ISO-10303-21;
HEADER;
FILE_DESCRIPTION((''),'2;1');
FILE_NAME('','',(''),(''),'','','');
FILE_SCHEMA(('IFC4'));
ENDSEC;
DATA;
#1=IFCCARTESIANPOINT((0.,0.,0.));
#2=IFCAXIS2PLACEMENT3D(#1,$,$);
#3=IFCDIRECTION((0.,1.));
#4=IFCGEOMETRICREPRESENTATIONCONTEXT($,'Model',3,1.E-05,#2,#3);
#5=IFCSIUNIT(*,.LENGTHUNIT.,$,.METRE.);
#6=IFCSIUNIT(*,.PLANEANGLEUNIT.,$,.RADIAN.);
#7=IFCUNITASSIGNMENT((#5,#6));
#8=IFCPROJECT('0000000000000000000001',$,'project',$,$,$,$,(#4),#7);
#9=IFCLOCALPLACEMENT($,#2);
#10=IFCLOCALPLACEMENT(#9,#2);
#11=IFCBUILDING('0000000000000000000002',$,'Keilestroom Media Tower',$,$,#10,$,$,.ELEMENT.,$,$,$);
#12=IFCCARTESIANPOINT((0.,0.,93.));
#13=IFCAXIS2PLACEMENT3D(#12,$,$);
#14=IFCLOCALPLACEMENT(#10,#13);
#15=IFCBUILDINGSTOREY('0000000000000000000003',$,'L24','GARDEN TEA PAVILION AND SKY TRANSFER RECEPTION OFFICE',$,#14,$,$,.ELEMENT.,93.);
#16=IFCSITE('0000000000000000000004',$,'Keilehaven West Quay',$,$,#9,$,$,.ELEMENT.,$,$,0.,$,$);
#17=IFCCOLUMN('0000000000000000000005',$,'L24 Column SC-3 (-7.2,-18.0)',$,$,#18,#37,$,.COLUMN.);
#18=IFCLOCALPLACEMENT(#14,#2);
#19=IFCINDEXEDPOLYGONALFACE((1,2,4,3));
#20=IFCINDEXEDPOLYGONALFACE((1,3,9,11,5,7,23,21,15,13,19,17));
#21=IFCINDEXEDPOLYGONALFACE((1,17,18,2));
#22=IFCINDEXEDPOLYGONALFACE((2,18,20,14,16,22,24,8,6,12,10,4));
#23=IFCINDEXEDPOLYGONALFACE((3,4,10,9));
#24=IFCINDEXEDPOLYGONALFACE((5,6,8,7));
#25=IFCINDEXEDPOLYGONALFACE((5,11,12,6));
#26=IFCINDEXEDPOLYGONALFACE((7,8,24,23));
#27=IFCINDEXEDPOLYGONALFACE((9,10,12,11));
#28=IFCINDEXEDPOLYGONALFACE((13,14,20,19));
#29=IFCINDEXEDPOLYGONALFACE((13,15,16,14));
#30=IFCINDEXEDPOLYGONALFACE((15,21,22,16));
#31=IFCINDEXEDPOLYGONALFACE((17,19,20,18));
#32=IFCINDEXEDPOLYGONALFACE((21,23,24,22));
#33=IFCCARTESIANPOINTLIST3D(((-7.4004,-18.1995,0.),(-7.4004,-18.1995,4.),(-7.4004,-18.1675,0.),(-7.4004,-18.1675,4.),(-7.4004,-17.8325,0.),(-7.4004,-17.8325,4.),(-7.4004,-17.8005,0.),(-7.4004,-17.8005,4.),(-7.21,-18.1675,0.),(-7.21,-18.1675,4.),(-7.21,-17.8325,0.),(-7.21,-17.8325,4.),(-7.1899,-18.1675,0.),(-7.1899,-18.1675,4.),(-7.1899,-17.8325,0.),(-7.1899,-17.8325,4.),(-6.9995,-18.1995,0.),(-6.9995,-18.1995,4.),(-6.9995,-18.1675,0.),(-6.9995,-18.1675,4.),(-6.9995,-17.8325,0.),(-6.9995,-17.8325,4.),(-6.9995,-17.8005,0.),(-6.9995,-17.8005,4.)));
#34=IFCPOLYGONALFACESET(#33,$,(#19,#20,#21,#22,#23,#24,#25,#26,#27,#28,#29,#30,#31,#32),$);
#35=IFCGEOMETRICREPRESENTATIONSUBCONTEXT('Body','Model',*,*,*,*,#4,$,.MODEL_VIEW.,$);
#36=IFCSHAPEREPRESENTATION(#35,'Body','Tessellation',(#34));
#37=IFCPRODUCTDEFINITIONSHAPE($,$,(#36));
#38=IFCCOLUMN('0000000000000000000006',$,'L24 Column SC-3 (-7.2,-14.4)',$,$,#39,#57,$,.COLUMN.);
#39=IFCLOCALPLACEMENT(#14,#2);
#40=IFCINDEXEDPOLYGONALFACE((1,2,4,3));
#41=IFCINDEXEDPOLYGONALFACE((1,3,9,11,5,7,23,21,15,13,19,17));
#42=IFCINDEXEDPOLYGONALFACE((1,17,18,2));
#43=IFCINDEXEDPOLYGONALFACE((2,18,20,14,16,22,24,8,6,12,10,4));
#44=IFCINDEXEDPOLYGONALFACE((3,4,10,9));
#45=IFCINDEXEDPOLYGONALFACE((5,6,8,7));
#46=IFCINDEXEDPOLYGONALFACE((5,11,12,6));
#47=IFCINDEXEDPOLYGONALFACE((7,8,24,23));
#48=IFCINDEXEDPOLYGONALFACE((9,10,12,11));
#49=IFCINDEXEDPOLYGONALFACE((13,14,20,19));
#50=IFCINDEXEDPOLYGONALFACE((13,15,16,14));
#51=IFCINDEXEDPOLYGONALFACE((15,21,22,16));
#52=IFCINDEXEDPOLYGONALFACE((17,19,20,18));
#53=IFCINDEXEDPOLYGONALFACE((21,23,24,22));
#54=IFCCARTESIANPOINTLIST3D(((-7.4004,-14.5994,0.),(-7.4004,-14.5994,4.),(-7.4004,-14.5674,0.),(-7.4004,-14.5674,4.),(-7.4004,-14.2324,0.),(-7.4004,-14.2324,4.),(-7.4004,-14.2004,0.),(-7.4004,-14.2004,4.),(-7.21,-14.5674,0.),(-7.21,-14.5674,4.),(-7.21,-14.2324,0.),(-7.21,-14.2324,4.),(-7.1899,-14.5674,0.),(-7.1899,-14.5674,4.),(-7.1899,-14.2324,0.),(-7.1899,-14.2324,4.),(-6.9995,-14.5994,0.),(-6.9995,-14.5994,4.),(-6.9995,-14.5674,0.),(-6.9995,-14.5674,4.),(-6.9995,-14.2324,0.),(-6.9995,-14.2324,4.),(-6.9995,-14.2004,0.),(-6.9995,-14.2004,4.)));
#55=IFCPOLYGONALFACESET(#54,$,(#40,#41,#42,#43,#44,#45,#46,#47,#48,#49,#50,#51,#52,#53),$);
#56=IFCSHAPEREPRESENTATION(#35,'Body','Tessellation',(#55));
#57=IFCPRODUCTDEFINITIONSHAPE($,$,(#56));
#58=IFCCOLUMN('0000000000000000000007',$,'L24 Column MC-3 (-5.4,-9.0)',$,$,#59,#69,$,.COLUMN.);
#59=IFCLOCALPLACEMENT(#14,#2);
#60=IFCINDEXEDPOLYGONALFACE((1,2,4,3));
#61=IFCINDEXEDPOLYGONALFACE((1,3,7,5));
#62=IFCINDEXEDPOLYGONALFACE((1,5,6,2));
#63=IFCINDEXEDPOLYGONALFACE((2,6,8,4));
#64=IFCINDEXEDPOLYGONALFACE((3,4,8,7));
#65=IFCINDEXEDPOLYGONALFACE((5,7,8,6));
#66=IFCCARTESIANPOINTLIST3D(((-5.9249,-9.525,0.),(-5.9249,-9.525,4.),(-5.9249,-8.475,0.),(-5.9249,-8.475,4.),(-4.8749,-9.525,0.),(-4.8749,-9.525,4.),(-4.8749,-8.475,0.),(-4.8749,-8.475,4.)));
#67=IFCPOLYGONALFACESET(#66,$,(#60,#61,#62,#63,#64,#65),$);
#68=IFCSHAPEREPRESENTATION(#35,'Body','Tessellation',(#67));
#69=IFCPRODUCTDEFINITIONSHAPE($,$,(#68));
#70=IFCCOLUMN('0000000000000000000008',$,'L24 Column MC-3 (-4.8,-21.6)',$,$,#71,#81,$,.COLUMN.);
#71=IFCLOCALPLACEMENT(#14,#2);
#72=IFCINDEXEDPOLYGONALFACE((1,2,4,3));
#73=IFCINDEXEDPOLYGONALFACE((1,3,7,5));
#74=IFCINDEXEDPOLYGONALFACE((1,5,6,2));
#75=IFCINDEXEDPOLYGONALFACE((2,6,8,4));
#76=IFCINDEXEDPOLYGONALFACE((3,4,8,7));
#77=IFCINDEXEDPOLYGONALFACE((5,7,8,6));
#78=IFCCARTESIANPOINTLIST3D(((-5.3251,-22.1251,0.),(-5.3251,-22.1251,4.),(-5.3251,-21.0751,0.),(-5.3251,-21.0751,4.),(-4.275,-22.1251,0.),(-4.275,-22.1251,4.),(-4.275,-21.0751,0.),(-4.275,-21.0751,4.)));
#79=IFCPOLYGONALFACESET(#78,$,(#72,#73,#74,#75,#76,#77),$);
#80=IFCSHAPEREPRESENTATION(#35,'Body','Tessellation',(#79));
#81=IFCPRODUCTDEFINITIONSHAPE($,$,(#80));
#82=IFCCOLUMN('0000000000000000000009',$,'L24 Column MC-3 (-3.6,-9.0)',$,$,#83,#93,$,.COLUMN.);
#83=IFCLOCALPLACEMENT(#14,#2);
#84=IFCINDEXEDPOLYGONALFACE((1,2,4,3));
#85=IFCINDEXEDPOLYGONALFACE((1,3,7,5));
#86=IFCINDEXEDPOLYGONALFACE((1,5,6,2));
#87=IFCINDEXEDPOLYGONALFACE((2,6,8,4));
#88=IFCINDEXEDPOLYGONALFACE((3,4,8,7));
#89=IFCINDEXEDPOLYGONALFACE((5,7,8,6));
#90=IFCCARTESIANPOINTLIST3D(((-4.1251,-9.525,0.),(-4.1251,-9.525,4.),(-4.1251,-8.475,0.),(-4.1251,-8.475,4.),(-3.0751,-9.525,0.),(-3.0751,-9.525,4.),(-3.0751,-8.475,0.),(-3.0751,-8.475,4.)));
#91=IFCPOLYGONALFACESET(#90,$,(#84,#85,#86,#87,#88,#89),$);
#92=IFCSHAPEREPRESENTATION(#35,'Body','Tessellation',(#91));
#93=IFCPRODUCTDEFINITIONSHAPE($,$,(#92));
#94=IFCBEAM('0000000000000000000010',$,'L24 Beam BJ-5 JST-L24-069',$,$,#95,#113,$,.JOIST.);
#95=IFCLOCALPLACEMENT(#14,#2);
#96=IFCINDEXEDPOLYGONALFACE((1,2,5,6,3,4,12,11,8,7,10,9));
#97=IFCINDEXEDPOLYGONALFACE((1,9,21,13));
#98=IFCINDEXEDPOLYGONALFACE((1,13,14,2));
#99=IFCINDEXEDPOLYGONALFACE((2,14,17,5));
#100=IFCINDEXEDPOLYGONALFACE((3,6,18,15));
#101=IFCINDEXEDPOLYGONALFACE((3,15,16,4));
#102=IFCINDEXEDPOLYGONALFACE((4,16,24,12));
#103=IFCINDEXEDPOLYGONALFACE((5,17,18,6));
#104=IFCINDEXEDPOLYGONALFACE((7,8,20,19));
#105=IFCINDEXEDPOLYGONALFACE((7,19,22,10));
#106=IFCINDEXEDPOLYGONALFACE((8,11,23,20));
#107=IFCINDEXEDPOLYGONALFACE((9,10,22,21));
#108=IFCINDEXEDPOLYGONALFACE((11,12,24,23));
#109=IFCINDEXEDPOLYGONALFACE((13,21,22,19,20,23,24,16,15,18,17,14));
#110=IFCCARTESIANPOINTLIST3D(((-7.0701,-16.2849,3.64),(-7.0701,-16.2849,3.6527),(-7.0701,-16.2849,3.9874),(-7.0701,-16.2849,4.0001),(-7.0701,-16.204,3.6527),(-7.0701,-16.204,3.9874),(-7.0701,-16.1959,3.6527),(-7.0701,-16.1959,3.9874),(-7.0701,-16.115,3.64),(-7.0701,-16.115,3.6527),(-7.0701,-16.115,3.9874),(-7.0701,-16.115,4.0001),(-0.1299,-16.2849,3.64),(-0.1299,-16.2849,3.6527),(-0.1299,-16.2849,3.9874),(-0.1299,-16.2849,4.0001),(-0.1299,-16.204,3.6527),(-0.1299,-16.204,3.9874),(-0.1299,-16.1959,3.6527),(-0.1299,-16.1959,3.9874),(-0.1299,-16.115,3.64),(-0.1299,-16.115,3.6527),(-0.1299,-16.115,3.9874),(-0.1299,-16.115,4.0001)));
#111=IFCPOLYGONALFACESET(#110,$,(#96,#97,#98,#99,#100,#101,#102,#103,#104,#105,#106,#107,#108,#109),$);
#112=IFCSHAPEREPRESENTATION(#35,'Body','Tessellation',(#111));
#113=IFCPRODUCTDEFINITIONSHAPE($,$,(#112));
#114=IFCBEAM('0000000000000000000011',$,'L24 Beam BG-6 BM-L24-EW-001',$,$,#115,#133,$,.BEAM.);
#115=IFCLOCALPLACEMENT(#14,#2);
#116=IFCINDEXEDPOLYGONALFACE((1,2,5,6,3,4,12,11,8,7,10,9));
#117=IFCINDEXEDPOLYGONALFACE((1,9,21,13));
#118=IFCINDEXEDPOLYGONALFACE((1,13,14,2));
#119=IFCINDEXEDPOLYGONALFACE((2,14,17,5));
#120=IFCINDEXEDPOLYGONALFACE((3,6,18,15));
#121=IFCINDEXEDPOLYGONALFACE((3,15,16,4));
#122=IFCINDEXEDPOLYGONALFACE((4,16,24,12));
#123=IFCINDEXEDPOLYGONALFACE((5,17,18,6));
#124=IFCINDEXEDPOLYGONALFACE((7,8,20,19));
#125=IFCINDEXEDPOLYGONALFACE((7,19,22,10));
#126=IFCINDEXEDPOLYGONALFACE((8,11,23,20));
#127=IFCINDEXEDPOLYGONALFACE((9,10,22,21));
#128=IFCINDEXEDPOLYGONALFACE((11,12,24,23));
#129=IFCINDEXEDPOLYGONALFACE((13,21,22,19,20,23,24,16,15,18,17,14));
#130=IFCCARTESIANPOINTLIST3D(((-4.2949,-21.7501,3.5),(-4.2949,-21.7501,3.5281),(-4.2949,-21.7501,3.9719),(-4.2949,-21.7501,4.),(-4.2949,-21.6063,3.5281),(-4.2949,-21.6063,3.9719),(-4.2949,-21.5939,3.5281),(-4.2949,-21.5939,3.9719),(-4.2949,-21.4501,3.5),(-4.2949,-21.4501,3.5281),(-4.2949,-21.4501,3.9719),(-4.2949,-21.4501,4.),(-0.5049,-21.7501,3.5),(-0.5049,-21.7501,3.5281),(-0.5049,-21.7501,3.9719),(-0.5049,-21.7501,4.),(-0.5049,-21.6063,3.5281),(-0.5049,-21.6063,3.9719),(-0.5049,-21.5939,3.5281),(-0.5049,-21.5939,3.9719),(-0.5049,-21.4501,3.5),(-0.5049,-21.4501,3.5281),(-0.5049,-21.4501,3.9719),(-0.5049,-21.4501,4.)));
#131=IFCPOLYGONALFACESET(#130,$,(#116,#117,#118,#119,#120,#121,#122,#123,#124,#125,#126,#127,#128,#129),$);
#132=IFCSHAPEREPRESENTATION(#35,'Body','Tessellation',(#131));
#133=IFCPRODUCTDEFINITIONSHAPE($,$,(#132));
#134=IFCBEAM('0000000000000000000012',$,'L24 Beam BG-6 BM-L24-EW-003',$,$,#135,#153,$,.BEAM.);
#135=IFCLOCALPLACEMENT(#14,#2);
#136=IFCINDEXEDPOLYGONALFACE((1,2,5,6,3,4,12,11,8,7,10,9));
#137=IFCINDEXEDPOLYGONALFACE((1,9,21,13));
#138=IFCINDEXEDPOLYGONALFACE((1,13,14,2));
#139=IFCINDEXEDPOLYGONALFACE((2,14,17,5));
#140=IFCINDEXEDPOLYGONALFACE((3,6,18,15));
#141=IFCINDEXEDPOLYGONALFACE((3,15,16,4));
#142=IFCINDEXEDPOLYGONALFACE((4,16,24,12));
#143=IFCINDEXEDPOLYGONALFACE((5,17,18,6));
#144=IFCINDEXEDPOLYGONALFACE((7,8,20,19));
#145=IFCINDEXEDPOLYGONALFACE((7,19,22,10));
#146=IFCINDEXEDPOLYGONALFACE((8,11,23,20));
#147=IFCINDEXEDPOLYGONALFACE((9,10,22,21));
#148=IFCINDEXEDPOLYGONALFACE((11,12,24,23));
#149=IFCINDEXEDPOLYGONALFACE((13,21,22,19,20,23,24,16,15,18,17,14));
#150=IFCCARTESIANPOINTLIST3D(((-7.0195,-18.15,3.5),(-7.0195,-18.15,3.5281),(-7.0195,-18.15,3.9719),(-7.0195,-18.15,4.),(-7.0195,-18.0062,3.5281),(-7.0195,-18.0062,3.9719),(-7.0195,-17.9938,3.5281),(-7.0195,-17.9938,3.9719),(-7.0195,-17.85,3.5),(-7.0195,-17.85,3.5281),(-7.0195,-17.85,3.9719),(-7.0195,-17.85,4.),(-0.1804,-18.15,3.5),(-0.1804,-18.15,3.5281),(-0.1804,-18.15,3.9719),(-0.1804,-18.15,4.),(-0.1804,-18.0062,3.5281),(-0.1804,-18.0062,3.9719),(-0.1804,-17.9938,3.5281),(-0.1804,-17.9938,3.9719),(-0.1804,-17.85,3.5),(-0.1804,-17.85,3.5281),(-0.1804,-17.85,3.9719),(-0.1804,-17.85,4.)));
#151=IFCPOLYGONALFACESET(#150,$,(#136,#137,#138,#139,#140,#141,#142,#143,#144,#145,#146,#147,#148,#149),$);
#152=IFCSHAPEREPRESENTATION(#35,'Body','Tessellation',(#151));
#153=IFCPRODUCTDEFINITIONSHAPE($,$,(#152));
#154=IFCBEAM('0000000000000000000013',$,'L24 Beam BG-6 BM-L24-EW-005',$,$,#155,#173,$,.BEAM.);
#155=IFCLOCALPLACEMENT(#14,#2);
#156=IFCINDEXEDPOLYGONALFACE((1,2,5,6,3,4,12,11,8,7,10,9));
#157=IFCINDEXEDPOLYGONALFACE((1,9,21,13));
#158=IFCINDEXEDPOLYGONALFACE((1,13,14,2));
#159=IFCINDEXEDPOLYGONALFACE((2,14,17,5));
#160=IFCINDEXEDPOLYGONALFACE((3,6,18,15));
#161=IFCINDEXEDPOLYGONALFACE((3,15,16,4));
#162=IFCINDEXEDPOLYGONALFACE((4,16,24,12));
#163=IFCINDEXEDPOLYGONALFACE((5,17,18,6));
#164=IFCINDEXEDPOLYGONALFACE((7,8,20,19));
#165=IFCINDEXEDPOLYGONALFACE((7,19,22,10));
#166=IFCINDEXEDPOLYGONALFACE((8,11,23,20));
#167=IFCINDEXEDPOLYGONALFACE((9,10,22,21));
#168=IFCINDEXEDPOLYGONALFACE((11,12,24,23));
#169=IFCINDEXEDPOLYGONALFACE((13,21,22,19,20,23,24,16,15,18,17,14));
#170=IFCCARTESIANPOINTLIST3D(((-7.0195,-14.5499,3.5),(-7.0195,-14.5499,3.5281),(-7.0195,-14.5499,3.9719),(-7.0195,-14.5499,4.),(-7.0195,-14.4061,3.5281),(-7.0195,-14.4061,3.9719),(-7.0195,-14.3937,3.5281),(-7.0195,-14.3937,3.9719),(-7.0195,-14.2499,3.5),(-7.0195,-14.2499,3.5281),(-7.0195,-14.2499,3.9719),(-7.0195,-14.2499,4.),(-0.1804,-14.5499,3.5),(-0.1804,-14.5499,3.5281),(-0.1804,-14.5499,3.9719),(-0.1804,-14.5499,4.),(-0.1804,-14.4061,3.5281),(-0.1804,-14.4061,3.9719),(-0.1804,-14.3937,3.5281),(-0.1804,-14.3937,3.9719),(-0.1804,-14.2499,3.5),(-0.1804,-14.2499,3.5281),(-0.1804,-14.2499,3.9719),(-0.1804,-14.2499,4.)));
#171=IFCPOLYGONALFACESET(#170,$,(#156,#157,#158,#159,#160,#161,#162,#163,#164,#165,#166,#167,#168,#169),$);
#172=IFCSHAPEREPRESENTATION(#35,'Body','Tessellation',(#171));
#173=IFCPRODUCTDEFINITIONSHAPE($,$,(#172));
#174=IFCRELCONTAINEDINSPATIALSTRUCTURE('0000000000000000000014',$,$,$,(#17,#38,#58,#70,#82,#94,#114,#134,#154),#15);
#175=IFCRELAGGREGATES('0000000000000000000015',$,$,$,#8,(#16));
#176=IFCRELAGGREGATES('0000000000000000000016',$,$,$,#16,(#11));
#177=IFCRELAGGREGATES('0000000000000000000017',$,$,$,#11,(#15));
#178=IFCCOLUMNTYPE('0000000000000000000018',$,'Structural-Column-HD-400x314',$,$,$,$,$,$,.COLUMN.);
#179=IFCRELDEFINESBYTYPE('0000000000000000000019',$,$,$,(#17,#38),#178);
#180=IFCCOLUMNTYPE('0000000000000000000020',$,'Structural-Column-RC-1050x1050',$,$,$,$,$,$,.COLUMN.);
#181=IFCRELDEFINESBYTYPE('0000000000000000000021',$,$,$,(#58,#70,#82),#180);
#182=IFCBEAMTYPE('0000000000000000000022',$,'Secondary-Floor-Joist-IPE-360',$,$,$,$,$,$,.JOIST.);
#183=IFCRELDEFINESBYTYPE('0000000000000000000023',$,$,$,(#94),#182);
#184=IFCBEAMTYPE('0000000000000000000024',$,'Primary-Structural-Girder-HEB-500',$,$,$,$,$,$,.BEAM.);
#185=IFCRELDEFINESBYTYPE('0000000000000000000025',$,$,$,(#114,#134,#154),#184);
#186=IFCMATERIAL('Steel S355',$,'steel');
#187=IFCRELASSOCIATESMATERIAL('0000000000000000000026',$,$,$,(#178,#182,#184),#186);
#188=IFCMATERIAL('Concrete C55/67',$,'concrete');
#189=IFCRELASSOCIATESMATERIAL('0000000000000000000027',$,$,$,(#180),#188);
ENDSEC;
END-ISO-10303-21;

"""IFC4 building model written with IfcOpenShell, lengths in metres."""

from ifc_helpers import new_model, si_unit, direction, frame, origin, origin_2d, place, context, subcontext, project, spatial, rectangle, i_section, extrude, source, transform, mapped, material, material_profile, profile_set, type_object, element, save


model = new_model("IFC4")

# Units and contexts
model_context = context("Model", 3, precision=1e-05, world=origin(), true_north=direction((0.0, 1.0)))
body_context = subcontext(model_context, "Body", "Model", "MODEL_VIEW")
ifc_project = project(units=[si_unit("LENGTHUNIT", "METRE"), si_unit("PLANEANGLEUNIT", "RADIAN")], contexts=[model_context])

# Site, building, storey
site_placement = place(None, origin())
site = spatial("IfcSite", under=ifc_project, at=site_placement, Name="Keilehaven West Quay", CompositionType="ELEMENT", RefElevation=0.0)
building_placement = place(site_placement, origin())
building = spatial("IfcBuilding", under=site, at=building_placement, Name="Keilestroom Media Tower", CompositionType="ELEMENT")
storey_placement = place(building_placement, frame((0.0, 0.0, 93.0)))
storey = spatial("IfcBuildingStorey", under=building, at=storey_placement, Name="L24", Description="GARDEN TEA PAVILION AND SKY TRANSFER RECEPTION OFFICE", CompositionType="ELEMENT", Elevation=93.0)

# Columns
ifc_material_1 = material(Name="Steel S355", Category="steel")
ifc_material_profile_1 = material_profile(ifc_material_1, i_section(OverallWidth=0.4009, OverallDepth=0.3989, WebThickness=0.02, FlangeThickness=0.032, at=origin_2d()), Name="HD 400x314")
ifc_profile_set_1 = profile_set([ifc_material_profile_1], Name="Steel S355")
column_type_1 = type_object("IfcColumnType", Name="Structural-Column-HD-400x314", PredefinedType="COLUMN", material=ifc_profile_set_1)
shared_shape_1 = source(origin(), body_context, "Body", "SweptSolid", [
    extrude(i_section(OverallWidth=0.4009, OverallDepth=0.3989, WebThickness=0.02, FlangeThickness=0.032, at=origin_2d()), origin(), (0.0, 0.0, 1.0), 4.0),
])
for number, where, z_axis, x_axis, name in (
    (1, (-7.2, -18.0, 0.0), (0.0, 0.0, 1.0), (1.0, 0.0, 0.0), "L24 Column SC-3 (-7.2,-18.0)"),
    (2, (-7.2, -14.3999, 0.0), (0.0, 0.0, 1.0), (1.0, 0.0, 0.0), "L24 Column SC-3 (-7.2,-14.4)"),
):
    element("IfcColumn", number, at=place(storey_placement, frame(where, z_axis=z_axis, x_axis=x_axis)), inside=storey, type_object=column_type_1, Name=name, PredefinedType="COLUMN", context=body_context, shape_type="MappedRepresentation", body=[
        mapped(shared_shape_1, transform((0.0, 0.0, 0.0), x_axis=(1.0, 0.0, 0.0), y_axis=(0.0, 1.0, 0.0), z_axis=(0.0, 0.0, 1.0), scale=1.0)),
    ])
ifc_material_2 = material(Name="Concrete C55/67", Category="concrete")
ifc_material_profile_2 = material_profile(ifc_material_2, rectangle(XDim=1.05, YDim=1.05, at=origin_2d()), Name="RC 1050x1050")
ifc_profile_set_2 = profile_set([ifc_material_profile_2], Name="Concrete C55/67")
column_type_2 = type_object("IfcColumnType", Name="Structural-Column-RC-1050x1050", PredefinedType="COLUMN", material=ifc_profile_set_2)
shared_shape_2 = source(origin(), body_context, "Body", "SweptSolid", [
    extrude(rectangle(XDim=1.05, YDim=1.05, at=origin_2d()), origin(), (0.0, 0.0, 1.0), 4.0),
])
for number, where, z_axis, x_axis, name in (
    (3, (-5.3999, -9.0, 0.0), (0.0, 0.0, 1.0), (1.0, 0.0, 0.0), "L24 Column MC-3 (-5.4,-9.0)"),
    (4, (-4.8, -21.6001, 0.0), (0.0, 0.0, 1.0), (1.0, 0.0, 0.0), "L24 Column MC-3 (-4.8,-21.6)"),
    (5, (-3.6001, -9.0, 0.0), (0.0, 0.0, 1.0), (1.0, 0.0, 0.0), "L24 Column MC-3 (-3.6,-9.0)"),
):
    element("IfcColumn", number, at=place(storey_placement, frame(where, z_axis=z_axis, x_axis=x_axis)), inside=storey, type_object=column_type_2, Name=name, PredefinedType="COLUMN", context=body_context, shape_type="MappedRepresentation", body=[
        mapped(shared_shape_2, transform((0.0, 0.0, 0.0), x_axis=(1.0, 0.0, 0.0), y_axis=(0.0, 1.0, 0.0), z_axis=(0.0, 0.0, 1.0), scale=1.0)),
    ])

# Beams
ifc_material_profile_3 = material_profile(ifc_material_1, i_section(OverallWidth=0.1699, OverallDepth=0.3601, WebThickness=0.0081, FlangeThickness=0.0127, at=origin_2d()), Name="IPE 360")
ifc_profile_set_3 = profile_set([ifc_material_profile_3], Name="Steel S355")
beam_type_1 = type_object("IfcBeamType", Name="Secondary-Floor-Joist-IPE-360", PredefinedType="JOIST", material=ifc_profile_set_3)
shared_shape_3 = source(origin(), body_context, "Body", "SweptSolid", [
    extrude(i_section(OverallWidth=0.1699, OverallDepth=0.3601, WebThickness=0.0081, FlangeThickness=0.0127, at=origin_2d()), origin(), (0.0, 0.0, 1.0), 6.9402),
])
beam_1_placement = place(storey_placement, frame((-7.0701, -16.2, 3.8201), z_axis=(1.0, 0.0, 0.0), x_axis=(0.0, 1.0, 0.0)))
element("IfcBeam", 6, at=beam_1_placement, inside=storey, type_object=beam_type_1, Name="L24 Beam BJ-5 JST-L24-069", PredefinedType="JOIST", context=body_context, shape_type="MappedRepresentation", body=[
    mapped(shared_shape_3, transform((0.0, 0.0, 0.0), x_axis=(1.0, 0.0, 0.0), y_axis=(0.0, 1.0, 0.0), z_axis=(0.0, 0.0, 1.0), scale=1.0)),
])
ifc_material_profile_4 = material_profile(ifc_material_1, i_section(OverallWidth=0.3, OverallDepth=0.5, WebThickness=0.0125, FlangeThickness=0.0281, at=origin_2d()), Name="HEB 500")
ifc_profile_set_4 = profile_set([ifc_material_profile_4], Name="Steel S355")
beam_type_2 = type_object("IfcBeamType", Name="Primary-Structural-Girder-HEB-500", PredefinedType="BEAM", material=ifc_profile_set_4)
shared_shape_4 = source(origin(), body_context, "Body", "SweptSolid", [
    extrude(i_section(OverallWidth=0.3, OverallDepth=0.5, WebThickness=0.0125, FlangeThickness=0.0281, at=origin_2d()), origin(), (0.0, 0.0, 1.0), 3.79),
])
beam_2_placement = place(storey_placement, frame((-4.2949, -21.6001, 3.75), z_axis=(1.0, 0.0, 0.0), x_axis=(0.0, 1.0, 0.0)))
element("IfcBeam", 7, at=beam_2_placement, inside=storey, type_object=beam_type_2, Name="L24 Beam BG-6 BM-L24-EW-001", PredefinedType="BEAM", context=body_context, shape_type="MappedRepresentation", body=[
    mapped(shared_shape_4, transform((0.0, 0.0, 0.0), x_axis=(1.0, 0.0, 0.0), y_axis=(0.0, 1.0, 0.0), z_axis=(0.0, 0.0, 1.0), scale=1.0)),
])
shared_shape_5 = source(origin(), body_context, "Body", "SweptSolid", [
    extrude(i_section(OverallWidth=0.3, OverallDepth=0.5, WebThickness=0.0125, FlangeThickness=0.0281, at=origin_2d()), origin(), (0.0, 0.0, 1.0), 6.8391),
])
for number, where, z_axis, x_axis, name in (
    (8, (-7.0195, -18.0, 3.75), (1.0, 0.0, 0.0), (0.0, 1.0, 0.0), "L24 Beam BG-6 BM-L24-EW-003"),
    (9, (-7.0195, -14.3999, 3.75), (1.0, 0.0, 0.0), (0.0, 1.0, 0.0), "L24 Beam BG-6 BM-L24-EW-005"),
):
    element("IfcBeam", number, at=place(storey_placement, frame(where, z_axis=z_axis, x_axis=x_axis)), inside=storey, type_object=beam_type_2, Name=name, PredefinedType="BEAM", context=body_context, shape_type="MappedRepresentation", body=[
        mapped(shared_shape_5, transform((0.0, 0.0, 0.0), x_axis=(1.0, 0.0, 0.0), y_axis=(0.0, 1.0, 0.0), z_axis=(0.0, 0.0, 1.0), scale=1.0)),
    ])

save(model, "model.ifc")
